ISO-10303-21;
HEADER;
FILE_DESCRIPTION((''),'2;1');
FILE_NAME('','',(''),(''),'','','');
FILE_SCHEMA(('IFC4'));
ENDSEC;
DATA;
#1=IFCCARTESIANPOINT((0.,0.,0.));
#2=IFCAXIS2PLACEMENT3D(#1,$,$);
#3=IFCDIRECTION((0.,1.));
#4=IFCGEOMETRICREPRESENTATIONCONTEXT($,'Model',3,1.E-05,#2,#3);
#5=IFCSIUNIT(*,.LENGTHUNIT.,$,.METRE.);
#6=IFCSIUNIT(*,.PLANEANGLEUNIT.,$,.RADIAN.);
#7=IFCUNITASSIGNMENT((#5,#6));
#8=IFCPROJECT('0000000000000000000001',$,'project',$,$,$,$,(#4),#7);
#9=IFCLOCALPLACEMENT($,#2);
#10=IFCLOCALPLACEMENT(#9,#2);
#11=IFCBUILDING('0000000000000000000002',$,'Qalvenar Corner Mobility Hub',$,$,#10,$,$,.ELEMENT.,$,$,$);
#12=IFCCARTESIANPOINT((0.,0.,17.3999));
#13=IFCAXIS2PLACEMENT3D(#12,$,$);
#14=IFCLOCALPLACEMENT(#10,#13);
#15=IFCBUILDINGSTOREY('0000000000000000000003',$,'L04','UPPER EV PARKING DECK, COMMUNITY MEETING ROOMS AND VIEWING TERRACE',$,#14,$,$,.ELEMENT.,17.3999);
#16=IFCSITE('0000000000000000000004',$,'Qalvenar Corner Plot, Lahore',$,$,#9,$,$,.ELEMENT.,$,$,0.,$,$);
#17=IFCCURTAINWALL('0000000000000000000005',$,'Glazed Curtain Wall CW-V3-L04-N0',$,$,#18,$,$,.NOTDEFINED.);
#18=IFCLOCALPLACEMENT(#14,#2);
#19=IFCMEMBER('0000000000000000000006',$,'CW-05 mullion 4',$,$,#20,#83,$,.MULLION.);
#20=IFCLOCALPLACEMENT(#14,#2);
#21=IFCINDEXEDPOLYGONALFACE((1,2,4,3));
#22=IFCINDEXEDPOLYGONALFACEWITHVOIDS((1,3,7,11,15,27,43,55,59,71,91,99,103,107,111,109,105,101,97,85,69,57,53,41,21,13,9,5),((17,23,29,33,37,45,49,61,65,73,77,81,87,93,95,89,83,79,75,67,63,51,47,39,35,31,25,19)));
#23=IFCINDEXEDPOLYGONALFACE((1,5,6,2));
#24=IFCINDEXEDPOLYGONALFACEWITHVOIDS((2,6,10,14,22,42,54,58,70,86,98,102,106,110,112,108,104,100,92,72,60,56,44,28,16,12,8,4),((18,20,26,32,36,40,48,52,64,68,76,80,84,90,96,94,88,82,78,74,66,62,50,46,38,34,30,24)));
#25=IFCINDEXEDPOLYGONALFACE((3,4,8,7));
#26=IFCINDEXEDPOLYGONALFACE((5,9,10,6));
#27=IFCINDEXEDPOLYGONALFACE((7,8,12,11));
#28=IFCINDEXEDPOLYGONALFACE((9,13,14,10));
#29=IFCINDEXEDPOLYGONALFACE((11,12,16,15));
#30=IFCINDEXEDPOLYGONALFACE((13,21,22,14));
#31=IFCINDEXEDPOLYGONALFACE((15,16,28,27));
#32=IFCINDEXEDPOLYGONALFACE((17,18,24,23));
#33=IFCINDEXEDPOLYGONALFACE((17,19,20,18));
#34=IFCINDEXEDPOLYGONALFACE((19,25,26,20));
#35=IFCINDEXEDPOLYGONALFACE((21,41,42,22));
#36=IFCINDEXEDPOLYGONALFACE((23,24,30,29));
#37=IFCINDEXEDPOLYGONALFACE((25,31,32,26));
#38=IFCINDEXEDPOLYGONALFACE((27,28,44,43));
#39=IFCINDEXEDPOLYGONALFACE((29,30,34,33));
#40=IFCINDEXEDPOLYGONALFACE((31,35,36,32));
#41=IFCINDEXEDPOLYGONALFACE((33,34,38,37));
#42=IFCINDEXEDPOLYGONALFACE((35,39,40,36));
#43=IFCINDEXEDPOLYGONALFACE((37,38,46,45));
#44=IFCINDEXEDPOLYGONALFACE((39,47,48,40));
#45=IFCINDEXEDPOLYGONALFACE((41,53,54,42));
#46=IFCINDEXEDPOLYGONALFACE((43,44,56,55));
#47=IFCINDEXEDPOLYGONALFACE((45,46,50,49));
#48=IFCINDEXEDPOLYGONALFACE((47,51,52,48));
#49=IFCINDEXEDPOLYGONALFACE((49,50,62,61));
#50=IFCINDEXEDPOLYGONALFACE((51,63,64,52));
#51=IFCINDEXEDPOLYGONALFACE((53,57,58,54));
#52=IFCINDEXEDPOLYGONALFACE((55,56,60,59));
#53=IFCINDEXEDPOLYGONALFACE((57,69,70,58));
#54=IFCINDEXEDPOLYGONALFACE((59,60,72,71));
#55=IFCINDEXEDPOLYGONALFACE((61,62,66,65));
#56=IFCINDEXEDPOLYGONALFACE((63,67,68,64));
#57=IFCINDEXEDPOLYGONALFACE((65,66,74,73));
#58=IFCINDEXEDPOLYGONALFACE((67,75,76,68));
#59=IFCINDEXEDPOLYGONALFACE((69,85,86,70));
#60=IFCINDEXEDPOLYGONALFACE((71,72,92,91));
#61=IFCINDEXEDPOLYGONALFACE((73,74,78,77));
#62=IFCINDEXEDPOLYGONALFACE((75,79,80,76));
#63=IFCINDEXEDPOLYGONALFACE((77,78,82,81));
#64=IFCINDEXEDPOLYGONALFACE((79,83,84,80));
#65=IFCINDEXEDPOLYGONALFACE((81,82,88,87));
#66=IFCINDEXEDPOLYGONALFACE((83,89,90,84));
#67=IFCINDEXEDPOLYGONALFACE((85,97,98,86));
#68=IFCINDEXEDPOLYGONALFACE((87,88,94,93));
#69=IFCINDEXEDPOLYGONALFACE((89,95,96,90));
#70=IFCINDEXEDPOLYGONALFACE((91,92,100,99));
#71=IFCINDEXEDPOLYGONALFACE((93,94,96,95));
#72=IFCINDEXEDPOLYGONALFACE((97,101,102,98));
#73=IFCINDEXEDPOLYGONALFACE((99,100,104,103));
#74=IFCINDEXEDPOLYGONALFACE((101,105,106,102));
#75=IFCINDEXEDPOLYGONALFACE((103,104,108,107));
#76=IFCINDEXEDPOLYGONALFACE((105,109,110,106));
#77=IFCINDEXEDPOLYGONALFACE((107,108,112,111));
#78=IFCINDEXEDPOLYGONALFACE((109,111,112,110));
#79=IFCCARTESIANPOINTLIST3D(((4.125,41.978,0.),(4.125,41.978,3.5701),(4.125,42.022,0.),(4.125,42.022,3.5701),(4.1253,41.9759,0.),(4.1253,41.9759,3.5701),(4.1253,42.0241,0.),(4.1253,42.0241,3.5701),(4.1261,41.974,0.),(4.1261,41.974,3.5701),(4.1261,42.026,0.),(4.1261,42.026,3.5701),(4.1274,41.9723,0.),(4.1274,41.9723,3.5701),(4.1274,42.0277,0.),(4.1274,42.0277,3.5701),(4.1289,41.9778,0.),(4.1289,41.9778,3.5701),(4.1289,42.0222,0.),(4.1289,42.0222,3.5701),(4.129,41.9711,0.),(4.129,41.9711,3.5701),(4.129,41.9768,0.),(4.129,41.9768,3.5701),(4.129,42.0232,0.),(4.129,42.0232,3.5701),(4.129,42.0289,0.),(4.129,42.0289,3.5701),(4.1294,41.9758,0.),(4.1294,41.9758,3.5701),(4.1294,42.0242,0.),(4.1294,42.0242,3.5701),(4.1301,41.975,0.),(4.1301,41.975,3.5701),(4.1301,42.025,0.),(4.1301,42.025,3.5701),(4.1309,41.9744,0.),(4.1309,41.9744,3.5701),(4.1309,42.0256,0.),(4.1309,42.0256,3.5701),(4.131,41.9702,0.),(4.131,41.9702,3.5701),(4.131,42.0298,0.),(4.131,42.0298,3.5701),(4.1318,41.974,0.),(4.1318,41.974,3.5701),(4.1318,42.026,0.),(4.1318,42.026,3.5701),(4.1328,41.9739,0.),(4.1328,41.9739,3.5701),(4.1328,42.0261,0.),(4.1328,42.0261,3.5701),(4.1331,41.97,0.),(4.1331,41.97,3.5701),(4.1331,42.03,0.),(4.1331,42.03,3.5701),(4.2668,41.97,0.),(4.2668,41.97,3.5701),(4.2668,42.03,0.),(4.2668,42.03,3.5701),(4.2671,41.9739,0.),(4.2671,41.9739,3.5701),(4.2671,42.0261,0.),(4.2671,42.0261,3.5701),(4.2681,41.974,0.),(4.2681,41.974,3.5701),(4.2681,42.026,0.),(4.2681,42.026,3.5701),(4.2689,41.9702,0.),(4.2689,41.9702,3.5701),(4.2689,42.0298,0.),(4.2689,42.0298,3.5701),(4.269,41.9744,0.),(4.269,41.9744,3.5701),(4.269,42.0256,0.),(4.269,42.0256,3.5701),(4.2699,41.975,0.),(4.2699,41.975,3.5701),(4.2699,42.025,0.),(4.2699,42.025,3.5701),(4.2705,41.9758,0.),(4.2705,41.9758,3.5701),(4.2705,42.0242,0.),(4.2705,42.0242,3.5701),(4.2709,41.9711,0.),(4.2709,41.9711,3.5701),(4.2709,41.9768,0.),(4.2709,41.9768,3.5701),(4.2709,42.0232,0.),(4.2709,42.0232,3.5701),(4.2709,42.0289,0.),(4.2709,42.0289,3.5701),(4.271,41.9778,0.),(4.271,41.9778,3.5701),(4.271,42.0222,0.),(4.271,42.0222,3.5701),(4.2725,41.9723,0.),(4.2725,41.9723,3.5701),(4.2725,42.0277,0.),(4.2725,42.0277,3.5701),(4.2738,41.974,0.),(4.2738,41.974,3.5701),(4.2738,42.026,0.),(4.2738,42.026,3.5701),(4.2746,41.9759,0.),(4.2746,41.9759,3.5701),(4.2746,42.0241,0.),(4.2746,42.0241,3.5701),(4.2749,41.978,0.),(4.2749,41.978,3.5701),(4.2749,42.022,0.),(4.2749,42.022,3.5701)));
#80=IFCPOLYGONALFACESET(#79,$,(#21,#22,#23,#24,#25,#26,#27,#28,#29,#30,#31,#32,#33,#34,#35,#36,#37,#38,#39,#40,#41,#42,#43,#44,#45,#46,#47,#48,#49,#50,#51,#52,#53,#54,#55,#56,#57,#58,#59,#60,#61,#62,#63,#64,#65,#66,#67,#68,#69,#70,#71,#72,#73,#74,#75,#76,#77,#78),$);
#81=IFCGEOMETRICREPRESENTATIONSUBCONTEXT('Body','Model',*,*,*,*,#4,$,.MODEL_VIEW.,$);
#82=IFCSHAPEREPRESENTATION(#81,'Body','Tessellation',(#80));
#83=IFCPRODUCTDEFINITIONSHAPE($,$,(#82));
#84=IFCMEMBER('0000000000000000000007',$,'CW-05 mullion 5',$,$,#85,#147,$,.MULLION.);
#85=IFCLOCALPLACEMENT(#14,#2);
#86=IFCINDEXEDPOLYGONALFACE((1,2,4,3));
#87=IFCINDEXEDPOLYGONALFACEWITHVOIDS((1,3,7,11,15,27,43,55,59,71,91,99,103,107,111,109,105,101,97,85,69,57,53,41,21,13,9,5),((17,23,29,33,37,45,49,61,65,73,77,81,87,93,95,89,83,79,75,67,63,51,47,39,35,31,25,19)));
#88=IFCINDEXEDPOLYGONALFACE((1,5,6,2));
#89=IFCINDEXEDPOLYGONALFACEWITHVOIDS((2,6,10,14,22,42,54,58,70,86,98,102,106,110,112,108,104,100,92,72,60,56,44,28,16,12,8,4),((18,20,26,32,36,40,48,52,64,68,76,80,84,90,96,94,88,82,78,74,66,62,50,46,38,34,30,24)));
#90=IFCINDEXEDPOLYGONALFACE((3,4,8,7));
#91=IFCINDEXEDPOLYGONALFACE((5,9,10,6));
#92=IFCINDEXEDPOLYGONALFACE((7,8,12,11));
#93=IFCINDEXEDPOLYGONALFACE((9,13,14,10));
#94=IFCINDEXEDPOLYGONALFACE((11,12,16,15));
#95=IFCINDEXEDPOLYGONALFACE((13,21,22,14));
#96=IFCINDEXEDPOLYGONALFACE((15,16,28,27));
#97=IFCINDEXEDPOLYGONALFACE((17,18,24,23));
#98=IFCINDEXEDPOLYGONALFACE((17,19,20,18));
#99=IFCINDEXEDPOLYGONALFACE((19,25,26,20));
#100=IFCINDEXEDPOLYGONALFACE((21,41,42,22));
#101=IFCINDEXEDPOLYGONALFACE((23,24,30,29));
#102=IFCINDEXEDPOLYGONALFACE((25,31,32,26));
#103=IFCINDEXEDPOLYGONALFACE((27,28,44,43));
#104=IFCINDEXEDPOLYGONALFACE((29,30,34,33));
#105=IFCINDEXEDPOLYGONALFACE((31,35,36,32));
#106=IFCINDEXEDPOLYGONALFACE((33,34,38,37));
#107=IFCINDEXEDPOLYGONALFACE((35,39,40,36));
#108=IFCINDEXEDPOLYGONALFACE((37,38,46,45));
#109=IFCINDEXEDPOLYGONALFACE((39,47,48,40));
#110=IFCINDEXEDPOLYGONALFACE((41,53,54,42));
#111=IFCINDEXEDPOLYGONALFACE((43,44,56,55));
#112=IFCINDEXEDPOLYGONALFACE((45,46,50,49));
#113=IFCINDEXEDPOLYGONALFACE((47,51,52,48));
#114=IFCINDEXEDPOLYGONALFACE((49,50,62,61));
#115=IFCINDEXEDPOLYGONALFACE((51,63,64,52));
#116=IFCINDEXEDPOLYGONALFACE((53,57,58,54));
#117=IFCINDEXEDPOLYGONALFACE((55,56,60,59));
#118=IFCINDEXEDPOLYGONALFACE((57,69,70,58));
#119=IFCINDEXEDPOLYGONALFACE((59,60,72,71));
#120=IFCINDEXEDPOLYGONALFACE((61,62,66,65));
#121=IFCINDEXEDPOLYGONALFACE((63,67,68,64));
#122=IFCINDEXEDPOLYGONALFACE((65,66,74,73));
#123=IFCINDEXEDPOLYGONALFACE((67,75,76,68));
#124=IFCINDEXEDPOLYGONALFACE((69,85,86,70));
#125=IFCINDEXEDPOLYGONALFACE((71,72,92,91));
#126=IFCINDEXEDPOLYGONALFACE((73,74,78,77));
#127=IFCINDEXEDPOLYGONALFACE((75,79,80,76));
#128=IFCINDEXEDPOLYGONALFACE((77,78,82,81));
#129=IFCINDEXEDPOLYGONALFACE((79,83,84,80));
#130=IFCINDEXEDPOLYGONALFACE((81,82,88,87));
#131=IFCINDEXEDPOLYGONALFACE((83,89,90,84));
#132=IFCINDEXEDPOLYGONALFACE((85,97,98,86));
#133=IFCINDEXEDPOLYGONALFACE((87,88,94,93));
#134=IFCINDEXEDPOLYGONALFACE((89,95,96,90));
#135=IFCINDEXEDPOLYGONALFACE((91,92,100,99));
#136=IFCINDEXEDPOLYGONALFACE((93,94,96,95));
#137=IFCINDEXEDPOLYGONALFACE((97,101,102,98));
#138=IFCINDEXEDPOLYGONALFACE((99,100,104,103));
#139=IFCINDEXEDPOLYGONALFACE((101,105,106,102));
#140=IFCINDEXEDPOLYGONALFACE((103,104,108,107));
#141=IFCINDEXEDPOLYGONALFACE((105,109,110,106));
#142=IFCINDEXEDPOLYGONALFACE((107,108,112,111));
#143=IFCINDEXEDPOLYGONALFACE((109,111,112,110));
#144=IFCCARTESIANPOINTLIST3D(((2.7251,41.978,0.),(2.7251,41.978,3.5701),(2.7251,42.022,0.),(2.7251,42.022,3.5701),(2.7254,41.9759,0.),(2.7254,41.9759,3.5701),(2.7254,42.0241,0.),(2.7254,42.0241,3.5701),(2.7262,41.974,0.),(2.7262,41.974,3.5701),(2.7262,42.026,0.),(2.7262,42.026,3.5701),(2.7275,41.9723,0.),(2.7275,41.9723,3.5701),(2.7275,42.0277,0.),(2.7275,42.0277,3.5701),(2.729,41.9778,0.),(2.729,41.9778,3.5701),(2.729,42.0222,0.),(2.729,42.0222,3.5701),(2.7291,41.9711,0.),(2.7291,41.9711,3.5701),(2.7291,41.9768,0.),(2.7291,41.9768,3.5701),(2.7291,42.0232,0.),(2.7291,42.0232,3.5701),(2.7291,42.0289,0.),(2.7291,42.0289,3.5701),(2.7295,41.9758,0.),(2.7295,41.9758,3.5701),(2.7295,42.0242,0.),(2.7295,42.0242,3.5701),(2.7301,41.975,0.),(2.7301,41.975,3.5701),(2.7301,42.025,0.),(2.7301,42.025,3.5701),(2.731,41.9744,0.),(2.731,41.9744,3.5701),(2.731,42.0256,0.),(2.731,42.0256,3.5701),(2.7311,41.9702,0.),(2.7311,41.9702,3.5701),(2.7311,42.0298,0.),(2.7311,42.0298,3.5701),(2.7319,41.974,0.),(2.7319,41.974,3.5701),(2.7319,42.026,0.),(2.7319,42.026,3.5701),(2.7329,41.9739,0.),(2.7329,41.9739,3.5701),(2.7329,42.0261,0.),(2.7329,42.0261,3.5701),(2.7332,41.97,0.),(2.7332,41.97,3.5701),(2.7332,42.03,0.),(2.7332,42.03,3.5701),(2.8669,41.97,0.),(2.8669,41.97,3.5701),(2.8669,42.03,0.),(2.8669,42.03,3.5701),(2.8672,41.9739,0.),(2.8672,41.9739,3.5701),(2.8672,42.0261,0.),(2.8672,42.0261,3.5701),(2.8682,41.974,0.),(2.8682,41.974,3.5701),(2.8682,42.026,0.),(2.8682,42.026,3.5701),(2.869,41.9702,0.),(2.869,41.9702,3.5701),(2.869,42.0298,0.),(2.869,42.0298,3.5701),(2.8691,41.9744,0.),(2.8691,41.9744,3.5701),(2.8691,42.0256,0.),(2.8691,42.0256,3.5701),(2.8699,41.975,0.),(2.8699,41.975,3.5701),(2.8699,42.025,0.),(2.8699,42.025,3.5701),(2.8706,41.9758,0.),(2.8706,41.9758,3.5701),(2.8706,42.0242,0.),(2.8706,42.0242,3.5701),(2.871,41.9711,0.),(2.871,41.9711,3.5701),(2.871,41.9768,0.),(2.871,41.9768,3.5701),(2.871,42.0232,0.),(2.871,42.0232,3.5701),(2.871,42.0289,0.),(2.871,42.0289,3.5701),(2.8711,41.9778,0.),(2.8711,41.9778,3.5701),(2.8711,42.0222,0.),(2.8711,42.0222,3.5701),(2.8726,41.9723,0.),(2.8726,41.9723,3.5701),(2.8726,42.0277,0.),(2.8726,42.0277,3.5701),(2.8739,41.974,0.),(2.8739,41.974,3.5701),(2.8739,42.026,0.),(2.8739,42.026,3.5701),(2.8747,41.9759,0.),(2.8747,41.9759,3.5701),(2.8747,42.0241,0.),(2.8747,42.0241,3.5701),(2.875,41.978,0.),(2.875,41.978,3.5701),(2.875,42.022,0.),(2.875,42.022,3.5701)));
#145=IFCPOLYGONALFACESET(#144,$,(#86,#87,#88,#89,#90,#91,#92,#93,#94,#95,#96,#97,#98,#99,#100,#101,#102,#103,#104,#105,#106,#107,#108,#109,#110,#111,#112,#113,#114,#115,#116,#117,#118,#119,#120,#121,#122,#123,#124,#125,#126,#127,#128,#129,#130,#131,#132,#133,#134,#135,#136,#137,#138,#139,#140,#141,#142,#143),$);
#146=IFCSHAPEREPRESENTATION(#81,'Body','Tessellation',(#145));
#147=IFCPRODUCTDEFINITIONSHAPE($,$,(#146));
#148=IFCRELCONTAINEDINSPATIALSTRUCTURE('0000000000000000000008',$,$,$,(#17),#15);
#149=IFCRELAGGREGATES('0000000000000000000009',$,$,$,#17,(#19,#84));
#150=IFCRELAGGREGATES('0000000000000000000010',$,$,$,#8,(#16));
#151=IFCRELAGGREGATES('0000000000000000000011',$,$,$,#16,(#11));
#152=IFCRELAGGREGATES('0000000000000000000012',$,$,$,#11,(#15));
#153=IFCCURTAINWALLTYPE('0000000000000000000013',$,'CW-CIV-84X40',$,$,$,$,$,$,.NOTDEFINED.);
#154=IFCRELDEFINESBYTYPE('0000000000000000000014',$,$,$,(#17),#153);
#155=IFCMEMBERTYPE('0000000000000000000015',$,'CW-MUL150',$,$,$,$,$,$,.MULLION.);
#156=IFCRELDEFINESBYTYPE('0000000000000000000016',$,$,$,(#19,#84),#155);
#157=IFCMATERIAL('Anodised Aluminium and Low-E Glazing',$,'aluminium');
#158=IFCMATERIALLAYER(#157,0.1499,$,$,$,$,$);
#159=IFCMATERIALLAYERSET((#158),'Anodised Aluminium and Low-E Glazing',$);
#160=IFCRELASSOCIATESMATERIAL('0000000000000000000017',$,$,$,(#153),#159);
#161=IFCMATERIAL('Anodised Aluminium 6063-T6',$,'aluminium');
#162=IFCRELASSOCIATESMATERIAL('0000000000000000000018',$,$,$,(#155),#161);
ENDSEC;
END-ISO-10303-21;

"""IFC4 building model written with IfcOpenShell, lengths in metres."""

from ifc_helpers import new_model, si_unit, direction, frame, origin, origin_2d, place, context, subcontext, project, spatial, hollow_rectangle, extrude, material, layer, layer_set, material_profile, profile_set, type_object, element, aggregate, save


model = new_model("IFC4")

# Units and contexts
model_context = context("Model", 3, precision=1e-05, world=origin(), true_north=direction((0.0, 1.0)))
body_context = subcontext(model_context, "Body", "Model", "MODEL_VIEW")
ifc_project = project(units=[si_unit("LENGTHUNIT", "METRE"), si_unit("PLANEANGLEUNIT", "RADIAN")], contexts=[model_context])

# Site, building, storey
site_placement = place(None, origin())
site = spatial("IfcSite", under=ifc_project, at=site_placement, Name="Qalvenar Corner Plot, Lahore", CompositionType="ELEMENT", RefElevation=0.0)
building_placement = place(site_placement, origin())
building = spatial("IfcBuilding", under=site, at=building_placement, Name="Qalvenar Corner Mobility Hub", CompositionType="ELEMENT")
storey_placement = place(building_placement, frame((0.0, 0.0, 17.3999)))
storey = spatial("IfcBuildingStorey", under=building, at=storey_placement, Name="L04", Description="UPPER EV PARKING DECK, COMMUNITY MEETING ROOMS AND VIEWING TERRACE", CompositionType="ELEMENT", Elevation=17.3999)

# Curtain wall, members
ifc_material_1 = material(Name="Anodised Aluminium and Low-E Glazing", Category="aluminium")
ifc_layer_1 = layer(ifc_material_1, 0.1499)
ifc_layer_set_1 = layer_set([ifc_layer_1], Name="Anodised Aluminium and Low-E Glazing")
curtain_wall_type = type_object("IfcCurtainWallType", Name="CW-CIV-84X40", PredefinedType="NOTDEFINED", material=ifc_layer_set_1)
curtain_wall_placement = place(storey_placement, origin())
curtain_wall = element("IfcCurtainWall", 1, at=curtain_wall_placement, inside=storey, type_object=curtain_wall_type, Name="Glazed Curtain Wall CW-V3-L04-N0", PredefinedType="NOTDEFINED")
ifc_material_2 = material(Name="Anodised Aluminium 6063-T6", Category="aluminium")
ifc_material_profile_1 = material_profile(ifc_material_2, hollow_rectangle(XDim=0.0601, YDim=0.1499, WallThickness=0.0039, InnerFilletRadius=0.0039, OuterFilletRadius=0.0081, at=origin_2d()), Name="RHS150x60x4")
ifc_profile_set_1 = profile_set([ifc_material_profile_1], Name="Anodised Aluminium 6063-T6")
member_type_1 = type_object("IfcMemberType", Name="CW-MUL150", PredefinedType="MULLION", material=ifc_profile_set_1)
member_1_placement = place(storey_placement, frame((4.2, 42.0, 0.0), z_axis=(0.0, 0.0, 1.0), x_axis=(0.0, -1.0, 0.0)))
member_1 = element("IfcMember", 2, at=member_1_placement, type_object=member_type_1, Name="CW-05 mullion 4", PredefinedType="MULLION", context=body_context, shape_type="SweptSolid", body=[
    extrude(hollow_rectangle(XDim=0.0601, YDim=0.1499, WallThickness=0.0039, InnerFilletRadius=0.0039, OuterFilletRadius=0.0081, at=origin_2d()), origin(), (0.0, 0.0, 1.0), 3.5701),
])
member_2_placement = place(storey_placement, frame((2.8, 42.0, 0.0), z_axis=(0.0, 0.0, 1.0), x_axis=(0.0, -1.0, 0.0)))
member_2 = element("IfcMember", 3, at=member_2_placement, type_object=member_type_1, Name="CW-05 mullion 5", PredefinedType="MULLION", context=body_context, shape_type="SweptSolid", body=[
    extrude(hollow_rectangle(XDim=0.0601, YDim=0.1499, WallThickness=0.0039, InnerFilletRadius=0.0039, OuterFilletRadius=0.0081, at=origin_2d()), origin(), (0.0, 0.0, 1.0), 3.5701),
])
aggregate(curtain_wall, [member_1, member_2])

save(model, "model.ifc")
